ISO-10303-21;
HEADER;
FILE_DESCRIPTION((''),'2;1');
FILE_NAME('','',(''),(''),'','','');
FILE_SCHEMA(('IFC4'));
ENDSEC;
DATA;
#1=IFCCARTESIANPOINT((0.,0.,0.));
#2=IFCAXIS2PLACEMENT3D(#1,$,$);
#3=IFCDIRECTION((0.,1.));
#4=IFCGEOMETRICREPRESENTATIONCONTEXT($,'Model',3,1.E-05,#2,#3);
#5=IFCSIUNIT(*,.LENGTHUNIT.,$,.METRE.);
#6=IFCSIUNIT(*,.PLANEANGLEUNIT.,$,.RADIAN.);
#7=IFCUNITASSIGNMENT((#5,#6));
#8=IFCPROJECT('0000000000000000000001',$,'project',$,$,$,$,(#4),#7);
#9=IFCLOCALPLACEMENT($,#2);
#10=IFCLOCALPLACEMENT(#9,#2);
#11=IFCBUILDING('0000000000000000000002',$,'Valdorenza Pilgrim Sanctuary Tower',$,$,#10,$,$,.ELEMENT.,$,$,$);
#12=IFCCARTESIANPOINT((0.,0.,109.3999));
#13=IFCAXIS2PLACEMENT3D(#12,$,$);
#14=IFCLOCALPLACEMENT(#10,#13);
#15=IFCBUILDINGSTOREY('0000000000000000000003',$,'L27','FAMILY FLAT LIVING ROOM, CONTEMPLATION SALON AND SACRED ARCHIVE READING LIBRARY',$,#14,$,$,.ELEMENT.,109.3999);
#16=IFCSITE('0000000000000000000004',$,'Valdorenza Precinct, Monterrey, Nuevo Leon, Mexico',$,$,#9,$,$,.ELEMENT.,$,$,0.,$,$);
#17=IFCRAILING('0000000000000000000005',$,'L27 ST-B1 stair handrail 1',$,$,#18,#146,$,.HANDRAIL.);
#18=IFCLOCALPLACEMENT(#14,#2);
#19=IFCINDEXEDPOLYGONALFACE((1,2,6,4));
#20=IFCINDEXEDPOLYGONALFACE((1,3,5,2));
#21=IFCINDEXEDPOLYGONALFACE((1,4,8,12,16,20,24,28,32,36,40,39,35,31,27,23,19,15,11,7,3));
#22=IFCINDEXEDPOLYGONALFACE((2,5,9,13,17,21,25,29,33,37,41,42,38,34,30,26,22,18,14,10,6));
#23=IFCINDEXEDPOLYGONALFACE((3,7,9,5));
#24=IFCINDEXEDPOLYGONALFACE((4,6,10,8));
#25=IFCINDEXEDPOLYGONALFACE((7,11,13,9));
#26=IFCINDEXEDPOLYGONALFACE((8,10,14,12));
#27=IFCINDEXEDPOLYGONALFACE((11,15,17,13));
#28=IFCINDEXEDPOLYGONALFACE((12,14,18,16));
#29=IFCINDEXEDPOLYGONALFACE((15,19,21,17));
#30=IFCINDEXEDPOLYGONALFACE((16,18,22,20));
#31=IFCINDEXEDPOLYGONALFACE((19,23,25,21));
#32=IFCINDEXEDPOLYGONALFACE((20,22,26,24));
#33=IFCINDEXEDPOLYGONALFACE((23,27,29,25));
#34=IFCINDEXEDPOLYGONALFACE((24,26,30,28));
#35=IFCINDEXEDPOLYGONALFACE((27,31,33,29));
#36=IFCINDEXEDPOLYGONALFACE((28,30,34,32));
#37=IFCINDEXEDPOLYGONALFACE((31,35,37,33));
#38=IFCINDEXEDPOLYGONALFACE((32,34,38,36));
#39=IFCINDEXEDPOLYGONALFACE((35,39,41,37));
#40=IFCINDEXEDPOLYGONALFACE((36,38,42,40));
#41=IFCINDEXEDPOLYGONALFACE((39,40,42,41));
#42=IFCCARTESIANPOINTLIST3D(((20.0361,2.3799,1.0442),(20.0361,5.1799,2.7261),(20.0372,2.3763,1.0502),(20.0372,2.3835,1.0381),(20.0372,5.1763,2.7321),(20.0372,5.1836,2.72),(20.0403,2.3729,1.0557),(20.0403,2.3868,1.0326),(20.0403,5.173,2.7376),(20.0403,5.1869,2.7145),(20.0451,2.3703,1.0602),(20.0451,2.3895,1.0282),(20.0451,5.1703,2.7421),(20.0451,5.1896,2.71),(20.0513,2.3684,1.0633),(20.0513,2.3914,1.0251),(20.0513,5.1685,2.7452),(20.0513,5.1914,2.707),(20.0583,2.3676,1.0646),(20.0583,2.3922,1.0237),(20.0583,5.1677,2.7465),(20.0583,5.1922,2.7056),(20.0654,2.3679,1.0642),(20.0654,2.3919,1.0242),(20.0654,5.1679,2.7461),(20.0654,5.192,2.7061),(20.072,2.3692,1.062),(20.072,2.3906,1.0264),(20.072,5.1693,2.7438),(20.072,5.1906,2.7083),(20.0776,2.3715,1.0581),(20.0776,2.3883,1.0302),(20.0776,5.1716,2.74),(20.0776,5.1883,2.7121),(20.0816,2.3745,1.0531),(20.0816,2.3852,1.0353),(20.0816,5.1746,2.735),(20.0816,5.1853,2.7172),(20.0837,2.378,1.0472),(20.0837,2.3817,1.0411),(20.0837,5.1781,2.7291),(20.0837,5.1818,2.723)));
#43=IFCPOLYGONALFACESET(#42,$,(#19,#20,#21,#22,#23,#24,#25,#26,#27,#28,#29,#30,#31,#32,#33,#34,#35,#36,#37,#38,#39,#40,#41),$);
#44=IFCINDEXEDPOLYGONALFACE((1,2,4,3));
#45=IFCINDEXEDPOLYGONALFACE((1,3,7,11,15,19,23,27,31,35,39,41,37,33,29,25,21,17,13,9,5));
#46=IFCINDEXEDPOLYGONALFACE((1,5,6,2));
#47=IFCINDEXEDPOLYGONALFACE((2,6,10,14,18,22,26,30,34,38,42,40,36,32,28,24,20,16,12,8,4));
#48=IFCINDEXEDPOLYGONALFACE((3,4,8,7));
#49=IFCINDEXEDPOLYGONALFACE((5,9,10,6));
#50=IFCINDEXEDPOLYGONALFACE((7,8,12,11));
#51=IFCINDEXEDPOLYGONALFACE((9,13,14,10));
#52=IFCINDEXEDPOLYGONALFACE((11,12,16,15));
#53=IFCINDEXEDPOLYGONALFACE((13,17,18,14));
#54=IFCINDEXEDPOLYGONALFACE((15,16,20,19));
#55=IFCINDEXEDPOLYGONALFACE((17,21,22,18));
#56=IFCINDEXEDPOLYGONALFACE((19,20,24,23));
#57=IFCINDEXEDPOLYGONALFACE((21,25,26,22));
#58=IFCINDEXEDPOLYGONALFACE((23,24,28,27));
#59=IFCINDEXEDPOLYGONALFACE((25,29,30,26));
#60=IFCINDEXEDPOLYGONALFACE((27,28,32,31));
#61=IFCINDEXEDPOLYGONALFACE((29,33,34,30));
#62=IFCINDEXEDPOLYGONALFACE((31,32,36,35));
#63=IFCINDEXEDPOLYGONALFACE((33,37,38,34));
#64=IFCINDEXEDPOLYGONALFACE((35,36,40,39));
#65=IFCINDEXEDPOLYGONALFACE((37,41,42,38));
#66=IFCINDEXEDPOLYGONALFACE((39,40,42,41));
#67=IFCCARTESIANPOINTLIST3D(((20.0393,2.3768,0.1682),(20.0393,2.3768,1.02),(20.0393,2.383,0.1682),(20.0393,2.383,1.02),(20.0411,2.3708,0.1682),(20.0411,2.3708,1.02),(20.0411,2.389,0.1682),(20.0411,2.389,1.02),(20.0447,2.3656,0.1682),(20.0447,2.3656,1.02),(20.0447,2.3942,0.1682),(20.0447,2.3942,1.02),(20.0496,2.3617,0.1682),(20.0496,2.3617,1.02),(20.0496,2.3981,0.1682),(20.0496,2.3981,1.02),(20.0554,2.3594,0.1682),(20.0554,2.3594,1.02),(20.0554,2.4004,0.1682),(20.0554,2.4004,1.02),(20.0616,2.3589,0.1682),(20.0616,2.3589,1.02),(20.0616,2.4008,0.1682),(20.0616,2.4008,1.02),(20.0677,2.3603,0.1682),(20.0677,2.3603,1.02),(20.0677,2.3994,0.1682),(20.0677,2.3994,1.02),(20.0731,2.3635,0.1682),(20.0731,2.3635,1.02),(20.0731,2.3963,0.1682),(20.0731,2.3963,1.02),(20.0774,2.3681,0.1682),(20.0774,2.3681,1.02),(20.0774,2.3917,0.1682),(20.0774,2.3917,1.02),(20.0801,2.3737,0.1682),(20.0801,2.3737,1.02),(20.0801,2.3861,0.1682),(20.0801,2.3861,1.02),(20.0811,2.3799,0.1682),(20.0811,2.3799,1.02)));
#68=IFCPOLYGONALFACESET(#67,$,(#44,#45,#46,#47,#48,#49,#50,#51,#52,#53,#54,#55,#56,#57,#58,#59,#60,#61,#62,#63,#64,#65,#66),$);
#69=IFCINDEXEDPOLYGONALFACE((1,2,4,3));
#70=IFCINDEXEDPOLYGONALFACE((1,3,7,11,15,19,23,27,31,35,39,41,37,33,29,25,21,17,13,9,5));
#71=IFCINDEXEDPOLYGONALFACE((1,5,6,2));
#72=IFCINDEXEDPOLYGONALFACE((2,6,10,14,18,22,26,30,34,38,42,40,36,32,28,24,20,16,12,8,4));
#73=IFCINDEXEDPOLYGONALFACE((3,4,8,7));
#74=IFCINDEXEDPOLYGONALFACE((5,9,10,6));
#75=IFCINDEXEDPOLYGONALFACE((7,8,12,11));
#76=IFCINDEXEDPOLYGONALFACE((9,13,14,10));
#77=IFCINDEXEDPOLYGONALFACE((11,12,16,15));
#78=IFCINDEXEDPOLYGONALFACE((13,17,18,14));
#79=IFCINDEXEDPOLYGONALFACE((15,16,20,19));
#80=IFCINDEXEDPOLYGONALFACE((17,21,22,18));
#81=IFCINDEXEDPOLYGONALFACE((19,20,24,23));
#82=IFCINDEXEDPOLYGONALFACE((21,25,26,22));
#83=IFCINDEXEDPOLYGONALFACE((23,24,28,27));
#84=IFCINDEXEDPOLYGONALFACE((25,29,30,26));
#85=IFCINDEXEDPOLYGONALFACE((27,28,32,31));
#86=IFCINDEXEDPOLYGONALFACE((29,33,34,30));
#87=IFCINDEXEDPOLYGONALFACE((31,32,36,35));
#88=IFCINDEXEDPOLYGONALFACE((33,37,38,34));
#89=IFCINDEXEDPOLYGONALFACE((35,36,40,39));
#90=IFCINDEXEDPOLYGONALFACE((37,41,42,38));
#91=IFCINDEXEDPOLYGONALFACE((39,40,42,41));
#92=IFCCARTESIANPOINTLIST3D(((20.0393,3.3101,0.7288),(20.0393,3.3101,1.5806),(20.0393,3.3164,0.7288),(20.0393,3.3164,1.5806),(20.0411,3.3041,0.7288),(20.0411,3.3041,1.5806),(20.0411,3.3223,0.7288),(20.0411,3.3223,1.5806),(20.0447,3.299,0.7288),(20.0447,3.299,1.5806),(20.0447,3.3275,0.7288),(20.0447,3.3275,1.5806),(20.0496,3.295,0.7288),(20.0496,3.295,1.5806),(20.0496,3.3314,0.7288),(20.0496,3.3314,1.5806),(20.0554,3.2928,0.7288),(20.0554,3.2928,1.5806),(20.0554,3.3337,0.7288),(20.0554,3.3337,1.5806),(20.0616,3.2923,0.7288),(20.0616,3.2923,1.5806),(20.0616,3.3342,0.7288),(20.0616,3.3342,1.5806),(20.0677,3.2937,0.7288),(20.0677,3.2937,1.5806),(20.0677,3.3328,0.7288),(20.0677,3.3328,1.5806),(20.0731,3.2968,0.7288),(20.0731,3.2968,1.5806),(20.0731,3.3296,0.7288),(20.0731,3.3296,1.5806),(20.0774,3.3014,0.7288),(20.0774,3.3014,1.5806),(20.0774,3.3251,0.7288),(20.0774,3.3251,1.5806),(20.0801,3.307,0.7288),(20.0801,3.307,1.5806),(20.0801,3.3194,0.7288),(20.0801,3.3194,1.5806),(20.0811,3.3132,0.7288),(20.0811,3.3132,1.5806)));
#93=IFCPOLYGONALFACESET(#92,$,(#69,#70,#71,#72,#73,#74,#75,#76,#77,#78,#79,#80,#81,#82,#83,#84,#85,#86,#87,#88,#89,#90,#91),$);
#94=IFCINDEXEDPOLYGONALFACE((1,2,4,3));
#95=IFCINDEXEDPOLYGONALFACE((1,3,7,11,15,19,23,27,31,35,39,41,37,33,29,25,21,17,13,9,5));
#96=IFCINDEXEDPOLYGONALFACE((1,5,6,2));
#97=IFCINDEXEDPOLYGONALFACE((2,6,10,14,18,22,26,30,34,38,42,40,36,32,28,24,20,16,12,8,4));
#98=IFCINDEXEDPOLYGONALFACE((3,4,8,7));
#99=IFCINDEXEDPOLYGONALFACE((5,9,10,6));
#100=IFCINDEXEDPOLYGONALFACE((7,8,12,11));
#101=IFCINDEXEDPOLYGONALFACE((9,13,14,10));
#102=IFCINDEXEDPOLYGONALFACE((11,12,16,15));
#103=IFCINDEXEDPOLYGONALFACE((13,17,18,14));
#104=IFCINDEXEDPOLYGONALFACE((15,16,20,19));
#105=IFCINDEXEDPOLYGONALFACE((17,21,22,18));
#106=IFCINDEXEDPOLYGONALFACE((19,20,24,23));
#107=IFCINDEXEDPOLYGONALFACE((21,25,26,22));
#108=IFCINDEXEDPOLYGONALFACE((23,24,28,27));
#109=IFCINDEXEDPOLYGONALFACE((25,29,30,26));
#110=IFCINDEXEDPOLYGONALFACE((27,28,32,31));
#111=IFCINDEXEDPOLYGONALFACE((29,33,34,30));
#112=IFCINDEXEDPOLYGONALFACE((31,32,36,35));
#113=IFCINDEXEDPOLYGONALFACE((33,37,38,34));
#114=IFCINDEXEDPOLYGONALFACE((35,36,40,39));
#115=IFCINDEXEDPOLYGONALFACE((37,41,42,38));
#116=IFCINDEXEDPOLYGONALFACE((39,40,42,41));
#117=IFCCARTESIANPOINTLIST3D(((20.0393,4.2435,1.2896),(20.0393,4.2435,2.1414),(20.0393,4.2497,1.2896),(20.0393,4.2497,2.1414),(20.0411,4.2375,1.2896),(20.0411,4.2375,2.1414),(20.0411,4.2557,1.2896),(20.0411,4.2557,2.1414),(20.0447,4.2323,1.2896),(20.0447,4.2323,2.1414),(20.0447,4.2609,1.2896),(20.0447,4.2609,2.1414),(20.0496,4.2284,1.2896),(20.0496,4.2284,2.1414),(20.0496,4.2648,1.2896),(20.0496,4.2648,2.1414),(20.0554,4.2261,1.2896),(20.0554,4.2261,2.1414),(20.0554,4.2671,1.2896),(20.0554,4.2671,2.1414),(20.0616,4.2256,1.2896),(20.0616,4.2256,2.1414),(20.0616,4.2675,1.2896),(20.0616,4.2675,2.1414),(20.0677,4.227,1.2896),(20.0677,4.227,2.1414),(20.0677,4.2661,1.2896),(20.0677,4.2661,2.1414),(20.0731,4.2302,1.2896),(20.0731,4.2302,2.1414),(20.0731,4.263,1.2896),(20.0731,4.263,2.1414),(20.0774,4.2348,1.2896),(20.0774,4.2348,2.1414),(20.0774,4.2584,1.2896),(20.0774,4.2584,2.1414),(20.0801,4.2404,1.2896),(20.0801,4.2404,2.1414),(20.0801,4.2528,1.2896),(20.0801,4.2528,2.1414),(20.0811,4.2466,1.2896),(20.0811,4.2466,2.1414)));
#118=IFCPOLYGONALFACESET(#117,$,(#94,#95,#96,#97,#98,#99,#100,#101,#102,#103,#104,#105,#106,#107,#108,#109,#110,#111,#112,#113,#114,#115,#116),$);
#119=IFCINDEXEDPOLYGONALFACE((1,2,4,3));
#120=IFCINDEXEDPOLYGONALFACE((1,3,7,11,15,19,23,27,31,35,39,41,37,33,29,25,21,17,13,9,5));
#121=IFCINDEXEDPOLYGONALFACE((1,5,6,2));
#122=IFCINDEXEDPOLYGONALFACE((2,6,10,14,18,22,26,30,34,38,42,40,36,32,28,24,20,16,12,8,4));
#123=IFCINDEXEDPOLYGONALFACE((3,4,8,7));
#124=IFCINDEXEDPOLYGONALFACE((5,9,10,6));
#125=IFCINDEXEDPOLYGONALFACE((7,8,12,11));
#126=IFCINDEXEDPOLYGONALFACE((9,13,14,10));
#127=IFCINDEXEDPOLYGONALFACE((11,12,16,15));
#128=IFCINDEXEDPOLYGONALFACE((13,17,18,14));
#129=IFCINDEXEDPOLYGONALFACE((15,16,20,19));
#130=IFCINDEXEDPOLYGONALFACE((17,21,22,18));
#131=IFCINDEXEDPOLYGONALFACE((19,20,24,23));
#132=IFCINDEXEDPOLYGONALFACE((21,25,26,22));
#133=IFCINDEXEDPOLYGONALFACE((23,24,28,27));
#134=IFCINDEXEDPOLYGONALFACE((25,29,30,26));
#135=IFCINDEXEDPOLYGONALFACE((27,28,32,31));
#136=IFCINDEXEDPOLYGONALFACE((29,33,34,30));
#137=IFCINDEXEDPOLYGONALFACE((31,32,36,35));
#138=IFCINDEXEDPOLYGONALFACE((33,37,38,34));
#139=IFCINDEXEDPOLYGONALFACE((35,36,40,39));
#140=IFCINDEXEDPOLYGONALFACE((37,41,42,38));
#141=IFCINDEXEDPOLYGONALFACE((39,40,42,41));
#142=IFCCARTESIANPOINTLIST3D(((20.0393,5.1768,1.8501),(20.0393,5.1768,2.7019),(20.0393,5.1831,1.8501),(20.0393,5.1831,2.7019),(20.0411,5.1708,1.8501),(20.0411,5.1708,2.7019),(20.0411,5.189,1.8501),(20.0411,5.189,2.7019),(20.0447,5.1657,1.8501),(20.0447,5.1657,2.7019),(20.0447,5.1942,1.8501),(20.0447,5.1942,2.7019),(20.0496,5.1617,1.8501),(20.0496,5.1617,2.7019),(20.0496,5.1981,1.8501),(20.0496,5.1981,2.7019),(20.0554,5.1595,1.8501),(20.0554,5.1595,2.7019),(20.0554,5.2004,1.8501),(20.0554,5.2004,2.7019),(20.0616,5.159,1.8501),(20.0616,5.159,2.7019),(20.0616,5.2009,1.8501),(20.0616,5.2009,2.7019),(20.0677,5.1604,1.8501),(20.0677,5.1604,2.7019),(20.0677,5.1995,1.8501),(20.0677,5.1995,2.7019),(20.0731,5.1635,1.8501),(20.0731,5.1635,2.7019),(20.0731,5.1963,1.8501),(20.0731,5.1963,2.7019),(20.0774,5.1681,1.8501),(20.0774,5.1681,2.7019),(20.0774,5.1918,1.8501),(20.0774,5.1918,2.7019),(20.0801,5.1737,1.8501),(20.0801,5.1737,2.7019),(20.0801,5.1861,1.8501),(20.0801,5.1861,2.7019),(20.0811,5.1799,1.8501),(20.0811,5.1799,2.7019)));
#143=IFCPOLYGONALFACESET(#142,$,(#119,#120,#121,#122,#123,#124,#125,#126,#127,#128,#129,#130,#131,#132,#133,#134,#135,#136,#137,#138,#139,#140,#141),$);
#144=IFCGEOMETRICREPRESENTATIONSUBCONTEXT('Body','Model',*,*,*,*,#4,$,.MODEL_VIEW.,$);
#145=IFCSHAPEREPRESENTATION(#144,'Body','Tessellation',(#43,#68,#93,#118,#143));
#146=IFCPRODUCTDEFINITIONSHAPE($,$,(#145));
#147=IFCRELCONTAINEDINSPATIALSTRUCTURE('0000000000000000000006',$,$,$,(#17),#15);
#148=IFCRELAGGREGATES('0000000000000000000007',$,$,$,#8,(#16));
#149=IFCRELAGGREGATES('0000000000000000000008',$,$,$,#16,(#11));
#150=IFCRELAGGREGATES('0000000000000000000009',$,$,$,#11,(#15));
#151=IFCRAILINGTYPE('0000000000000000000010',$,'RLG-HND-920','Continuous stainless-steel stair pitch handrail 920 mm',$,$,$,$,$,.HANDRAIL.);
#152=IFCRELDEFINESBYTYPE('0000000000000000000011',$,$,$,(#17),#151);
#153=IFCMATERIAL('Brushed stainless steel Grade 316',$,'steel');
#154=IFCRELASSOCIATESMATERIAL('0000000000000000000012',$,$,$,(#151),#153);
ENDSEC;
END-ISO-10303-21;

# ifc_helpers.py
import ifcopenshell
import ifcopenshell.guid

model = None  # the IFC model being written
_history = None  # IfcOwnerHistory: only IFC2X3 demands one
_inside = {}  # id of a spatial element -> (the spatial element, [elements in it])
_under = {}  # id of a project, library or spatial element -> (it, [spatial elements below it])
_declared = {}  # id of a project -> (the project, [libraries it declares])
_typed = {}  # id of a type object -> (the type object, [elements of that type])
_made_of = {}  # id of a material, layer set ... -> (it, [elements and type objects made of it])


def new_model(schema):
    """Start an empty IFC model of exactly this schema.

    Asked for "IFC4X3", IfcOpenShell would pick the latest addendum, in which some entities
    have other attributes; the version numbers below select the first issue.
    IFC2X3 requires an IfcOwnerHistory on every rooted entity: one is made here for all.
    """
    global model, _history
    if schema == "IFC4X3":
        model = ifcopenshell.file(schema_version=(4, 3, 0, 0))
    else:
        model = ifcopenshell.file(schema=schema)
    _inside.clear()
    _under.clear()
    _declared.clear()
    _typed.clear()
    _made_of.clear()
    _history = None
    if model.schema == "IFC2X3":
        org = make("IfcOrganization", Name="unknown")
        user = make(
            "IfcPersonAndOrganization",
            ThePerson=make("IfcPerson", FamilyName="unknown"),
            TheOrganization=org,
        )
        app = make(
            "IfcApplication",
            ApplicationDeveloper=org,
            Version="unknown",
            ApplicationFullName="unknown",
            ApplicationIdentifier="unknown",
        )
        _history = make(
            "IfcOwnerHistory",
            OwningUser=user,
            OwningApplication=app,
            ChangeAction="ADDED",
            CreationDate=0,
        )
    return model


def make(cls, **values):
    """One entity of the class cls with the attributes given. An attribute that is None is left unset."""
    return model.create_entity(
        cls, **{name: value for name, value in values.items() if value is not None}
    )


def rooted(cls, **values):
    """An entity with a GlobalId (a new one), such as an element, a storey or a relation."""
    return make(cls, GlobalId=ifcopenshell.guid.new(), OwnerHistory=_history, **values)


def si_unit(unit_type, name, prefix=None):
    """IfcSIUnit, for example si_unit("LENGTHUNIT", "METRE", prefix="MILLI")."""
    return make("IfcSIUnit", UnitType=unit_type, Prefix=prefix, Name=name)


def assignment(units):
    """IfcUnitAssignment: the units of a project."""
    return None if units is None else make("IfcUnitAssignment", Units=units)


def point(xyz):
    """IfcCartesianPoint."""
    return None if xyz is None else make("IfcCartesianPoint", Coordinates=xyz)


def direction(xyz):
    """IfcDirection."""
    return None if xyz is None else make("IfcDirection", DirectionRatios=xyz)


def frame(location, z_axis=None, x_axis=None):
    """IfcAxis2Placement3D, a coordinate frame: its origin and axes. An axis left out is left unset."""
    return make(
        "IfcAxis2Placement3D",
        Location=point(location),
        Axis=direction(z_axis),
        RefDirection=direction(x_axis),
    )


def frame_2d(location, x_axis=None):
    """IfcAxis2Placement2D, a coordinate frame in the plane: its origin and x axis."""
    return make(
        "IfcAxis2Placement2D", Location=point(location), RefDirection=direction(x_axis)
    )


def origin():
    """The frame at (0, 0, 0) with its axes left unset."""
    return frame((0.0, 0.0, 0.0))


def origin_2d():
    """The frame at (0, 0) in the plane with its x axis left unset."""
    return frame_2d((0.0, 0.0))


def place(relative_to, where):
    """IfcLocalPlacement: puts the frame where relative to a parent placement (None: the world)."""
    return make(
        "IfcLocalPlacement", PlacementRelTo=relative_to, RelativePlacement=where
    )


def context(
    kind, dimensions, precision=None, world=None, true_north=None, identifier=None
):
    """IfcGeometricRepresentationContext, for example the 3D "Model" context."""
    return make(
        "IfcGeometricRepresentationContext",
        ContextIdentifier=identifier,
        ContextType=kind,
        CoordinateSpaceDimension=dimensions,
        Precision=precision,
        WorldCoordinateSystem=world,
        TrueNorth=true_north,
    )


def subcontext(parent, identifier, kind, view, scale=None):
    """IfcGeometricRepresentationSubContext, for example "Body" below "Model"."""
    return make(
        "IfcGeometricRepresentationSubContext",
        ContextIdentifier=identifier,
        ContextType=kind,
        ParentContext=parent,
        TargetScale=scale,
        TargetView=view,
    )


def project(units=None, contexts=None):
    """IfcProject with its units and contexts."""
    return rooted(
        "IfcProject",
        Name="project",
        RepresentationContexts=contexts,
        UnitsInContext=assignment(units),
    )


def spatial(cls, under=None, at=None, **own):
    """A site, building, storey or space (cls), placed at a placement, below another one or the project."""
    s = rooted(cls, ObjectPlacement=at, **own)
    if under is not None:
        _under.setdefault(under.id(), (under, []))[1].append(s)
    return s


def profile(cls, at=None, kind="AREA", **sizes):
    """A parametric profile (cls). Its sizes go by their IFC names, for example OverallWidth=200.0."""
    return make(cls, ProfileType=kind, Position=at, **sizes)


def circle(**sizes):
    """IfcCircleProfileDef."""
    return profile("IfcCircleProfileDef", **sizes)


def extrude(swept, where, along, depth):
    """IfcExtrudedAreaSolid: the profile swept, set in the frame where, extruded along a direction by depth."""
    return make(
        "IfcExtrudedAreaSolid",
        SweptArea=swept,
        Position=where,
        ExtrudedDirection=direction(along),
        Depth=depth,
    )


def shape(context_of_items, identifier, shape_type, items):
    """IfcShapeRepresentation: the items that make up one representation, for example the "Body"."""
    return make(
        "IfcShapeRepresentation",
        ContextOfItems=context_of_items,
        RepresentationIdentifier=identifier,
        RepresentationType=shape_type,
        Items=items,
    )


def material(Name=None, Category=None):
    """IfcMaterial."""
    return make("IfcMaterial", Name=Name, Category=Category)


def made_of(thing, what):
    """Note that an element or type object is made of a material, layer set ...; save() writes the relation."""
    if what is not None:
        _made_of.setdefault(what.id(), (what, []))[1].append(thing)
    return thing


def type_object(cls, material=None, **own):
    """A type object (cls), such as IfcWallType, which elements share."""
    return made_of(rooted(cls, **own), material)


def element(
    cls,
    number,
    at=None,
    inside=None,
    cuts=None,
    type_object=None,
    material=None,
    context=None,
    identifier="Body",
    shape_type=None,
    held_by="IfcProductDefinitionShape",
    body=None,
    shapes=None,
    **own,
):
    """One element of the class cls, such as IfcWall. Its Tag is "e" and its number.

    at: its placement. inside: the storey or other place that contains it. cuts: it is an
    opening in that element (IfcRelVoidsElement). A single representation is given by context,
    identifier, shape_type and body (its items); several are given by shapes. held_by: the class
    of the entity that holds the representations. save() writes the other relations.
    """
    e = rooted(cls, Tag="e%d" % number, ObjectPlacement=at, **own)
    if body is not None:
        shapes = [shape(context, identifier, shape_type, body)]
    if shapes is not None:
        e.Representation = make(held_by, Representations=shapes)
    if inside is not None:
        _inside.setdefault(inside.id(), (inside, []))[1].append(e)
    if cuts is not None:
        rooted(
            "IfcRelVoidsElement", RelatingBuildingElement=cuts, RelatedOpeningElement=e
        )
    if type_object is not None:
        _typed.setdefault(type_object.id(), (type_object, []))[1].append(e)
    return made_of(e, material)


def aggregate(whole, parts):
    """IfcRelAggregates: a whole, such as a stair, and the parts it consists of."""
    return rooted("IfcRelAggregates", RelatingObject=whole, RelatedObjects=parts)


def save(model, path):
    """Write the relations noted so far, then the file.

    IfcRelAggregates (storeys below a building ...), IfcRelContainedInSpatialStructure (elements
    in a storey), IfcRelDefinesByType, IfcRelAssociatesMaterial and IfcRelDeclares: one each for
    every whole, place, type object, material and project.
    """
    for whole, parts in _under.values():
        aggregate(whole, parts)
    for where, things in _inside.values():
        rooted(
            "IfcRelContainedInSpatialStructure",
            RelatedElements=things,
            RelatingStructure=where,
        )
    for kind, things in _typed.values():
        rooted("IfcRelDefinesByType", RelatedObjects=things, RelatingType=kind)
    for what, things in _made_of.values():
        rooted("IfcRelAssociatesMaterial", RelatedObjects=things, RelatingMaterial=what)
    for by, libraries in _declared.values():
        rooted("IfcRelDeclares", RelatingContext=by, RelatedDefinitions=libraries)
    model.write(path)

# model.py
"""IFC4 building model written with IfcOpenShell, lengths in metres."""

from ifc_helpers import new_model, si_unit, direction, frame, origin, origin_2d, place, context, subcontext, project, spatial, circle, extrude, material, type_object, element, save


model = new_model("IFC4")

# Units and contexts
model_context = context("Model", 3, precision=1e-05, world=origin(), true_north=direction((0.0, 1.0)))
body_context = subcontext(model_context, "Body", "Model", "MODEL_VIEW")
ifc_project = project(units=[si_unit("LENGTHUNIT", "METRE"), si_unit("PLANEANGLEUNIT", "RADIAN")], contexts=[model_context])

# Site, building, storey
site_placement = place(None, origin())
site = spatial("IfcSite", under=ifc_project, at=site_placement, Name="Valdorenza Precinct, Monterrey, Nuevo Leon, Mexico", CompositionType="ELEMENT", RefElevation=0.0)
building_placement = place(site_placement, origin())
building = spatial("IfcBuilding", under=site, at=building_placement, Name="Valdorenza Pilgrim Sanctuary Tower", CompositionType="ELEMENT")
storey_placement = place(building_placement, frame((0.0, 0.0, 109.3999)))
storey = spatial("IfcBuildingStorey", under=building, at=storey_placement, Name="L27", Description="FAMILY FLAT LIVING ROOM, CONTEMPLATION SALON AND SACRED ARCHIVE READING LIBRARY", CompositionType="ELEMENT", Elevation=109.3999)

# Shared definitions
ifc_material_1 = material(Name="Brushed stainless steel Grade 316", Category="steel")

# Railing
railing_type_1 = type_object("IfcRailingType", Name="RLG-HND-920", Description="Continuous stainless-steel stair pitch handrail 920 mm", PredefinedType="HANDRAIL", material=ifc_material_1)
railing_1_placement = place(storey_placement, frame((20.0601, 2.3799, 0.1682)))
element("IfcRailing", 1, at=railing_1_placement, inside=storey, type_object=railing_type_1, Name="L27 ST-B1 stair handrail 1", PredefinedType="HANDRAIL", context=body_context, shape_type="SweptSolid", body=[
    extrude(circle(Radius=0.0239, at=origin_2d()), frame((0.0, 0.0, 0.876), z_axis=(0.0, 0.857242, 0.514913), x_axis=(-1.0, 0.0, 0.0)), (0.0, 0.0, 1.0), 3.2664),
    extrude(circle(Radius=0.021, at=origin_2d()), origin(), (0.0, 0.0, 1.0), 0.8518),
    extrude(circle(Radius=0.021, at=origin_2d()), frame((0.0, 0.9333, 0.5605)), (0.0, 0.0, 1.0), 0.8518),
    extrude(circle(Radius=0.021, at=origin_2d()), frame((0.0, 1.8667, 1.1213)), (0.0, 0.0, 1.0), 0.8518),
    extrude(circle(Radius=0.021, at=origin_2d()), frame((0.0, 2.8, 1.6819)), (0.0, 0.0, 1.0), 0.8518),
])

save(model, "model.ifc")
